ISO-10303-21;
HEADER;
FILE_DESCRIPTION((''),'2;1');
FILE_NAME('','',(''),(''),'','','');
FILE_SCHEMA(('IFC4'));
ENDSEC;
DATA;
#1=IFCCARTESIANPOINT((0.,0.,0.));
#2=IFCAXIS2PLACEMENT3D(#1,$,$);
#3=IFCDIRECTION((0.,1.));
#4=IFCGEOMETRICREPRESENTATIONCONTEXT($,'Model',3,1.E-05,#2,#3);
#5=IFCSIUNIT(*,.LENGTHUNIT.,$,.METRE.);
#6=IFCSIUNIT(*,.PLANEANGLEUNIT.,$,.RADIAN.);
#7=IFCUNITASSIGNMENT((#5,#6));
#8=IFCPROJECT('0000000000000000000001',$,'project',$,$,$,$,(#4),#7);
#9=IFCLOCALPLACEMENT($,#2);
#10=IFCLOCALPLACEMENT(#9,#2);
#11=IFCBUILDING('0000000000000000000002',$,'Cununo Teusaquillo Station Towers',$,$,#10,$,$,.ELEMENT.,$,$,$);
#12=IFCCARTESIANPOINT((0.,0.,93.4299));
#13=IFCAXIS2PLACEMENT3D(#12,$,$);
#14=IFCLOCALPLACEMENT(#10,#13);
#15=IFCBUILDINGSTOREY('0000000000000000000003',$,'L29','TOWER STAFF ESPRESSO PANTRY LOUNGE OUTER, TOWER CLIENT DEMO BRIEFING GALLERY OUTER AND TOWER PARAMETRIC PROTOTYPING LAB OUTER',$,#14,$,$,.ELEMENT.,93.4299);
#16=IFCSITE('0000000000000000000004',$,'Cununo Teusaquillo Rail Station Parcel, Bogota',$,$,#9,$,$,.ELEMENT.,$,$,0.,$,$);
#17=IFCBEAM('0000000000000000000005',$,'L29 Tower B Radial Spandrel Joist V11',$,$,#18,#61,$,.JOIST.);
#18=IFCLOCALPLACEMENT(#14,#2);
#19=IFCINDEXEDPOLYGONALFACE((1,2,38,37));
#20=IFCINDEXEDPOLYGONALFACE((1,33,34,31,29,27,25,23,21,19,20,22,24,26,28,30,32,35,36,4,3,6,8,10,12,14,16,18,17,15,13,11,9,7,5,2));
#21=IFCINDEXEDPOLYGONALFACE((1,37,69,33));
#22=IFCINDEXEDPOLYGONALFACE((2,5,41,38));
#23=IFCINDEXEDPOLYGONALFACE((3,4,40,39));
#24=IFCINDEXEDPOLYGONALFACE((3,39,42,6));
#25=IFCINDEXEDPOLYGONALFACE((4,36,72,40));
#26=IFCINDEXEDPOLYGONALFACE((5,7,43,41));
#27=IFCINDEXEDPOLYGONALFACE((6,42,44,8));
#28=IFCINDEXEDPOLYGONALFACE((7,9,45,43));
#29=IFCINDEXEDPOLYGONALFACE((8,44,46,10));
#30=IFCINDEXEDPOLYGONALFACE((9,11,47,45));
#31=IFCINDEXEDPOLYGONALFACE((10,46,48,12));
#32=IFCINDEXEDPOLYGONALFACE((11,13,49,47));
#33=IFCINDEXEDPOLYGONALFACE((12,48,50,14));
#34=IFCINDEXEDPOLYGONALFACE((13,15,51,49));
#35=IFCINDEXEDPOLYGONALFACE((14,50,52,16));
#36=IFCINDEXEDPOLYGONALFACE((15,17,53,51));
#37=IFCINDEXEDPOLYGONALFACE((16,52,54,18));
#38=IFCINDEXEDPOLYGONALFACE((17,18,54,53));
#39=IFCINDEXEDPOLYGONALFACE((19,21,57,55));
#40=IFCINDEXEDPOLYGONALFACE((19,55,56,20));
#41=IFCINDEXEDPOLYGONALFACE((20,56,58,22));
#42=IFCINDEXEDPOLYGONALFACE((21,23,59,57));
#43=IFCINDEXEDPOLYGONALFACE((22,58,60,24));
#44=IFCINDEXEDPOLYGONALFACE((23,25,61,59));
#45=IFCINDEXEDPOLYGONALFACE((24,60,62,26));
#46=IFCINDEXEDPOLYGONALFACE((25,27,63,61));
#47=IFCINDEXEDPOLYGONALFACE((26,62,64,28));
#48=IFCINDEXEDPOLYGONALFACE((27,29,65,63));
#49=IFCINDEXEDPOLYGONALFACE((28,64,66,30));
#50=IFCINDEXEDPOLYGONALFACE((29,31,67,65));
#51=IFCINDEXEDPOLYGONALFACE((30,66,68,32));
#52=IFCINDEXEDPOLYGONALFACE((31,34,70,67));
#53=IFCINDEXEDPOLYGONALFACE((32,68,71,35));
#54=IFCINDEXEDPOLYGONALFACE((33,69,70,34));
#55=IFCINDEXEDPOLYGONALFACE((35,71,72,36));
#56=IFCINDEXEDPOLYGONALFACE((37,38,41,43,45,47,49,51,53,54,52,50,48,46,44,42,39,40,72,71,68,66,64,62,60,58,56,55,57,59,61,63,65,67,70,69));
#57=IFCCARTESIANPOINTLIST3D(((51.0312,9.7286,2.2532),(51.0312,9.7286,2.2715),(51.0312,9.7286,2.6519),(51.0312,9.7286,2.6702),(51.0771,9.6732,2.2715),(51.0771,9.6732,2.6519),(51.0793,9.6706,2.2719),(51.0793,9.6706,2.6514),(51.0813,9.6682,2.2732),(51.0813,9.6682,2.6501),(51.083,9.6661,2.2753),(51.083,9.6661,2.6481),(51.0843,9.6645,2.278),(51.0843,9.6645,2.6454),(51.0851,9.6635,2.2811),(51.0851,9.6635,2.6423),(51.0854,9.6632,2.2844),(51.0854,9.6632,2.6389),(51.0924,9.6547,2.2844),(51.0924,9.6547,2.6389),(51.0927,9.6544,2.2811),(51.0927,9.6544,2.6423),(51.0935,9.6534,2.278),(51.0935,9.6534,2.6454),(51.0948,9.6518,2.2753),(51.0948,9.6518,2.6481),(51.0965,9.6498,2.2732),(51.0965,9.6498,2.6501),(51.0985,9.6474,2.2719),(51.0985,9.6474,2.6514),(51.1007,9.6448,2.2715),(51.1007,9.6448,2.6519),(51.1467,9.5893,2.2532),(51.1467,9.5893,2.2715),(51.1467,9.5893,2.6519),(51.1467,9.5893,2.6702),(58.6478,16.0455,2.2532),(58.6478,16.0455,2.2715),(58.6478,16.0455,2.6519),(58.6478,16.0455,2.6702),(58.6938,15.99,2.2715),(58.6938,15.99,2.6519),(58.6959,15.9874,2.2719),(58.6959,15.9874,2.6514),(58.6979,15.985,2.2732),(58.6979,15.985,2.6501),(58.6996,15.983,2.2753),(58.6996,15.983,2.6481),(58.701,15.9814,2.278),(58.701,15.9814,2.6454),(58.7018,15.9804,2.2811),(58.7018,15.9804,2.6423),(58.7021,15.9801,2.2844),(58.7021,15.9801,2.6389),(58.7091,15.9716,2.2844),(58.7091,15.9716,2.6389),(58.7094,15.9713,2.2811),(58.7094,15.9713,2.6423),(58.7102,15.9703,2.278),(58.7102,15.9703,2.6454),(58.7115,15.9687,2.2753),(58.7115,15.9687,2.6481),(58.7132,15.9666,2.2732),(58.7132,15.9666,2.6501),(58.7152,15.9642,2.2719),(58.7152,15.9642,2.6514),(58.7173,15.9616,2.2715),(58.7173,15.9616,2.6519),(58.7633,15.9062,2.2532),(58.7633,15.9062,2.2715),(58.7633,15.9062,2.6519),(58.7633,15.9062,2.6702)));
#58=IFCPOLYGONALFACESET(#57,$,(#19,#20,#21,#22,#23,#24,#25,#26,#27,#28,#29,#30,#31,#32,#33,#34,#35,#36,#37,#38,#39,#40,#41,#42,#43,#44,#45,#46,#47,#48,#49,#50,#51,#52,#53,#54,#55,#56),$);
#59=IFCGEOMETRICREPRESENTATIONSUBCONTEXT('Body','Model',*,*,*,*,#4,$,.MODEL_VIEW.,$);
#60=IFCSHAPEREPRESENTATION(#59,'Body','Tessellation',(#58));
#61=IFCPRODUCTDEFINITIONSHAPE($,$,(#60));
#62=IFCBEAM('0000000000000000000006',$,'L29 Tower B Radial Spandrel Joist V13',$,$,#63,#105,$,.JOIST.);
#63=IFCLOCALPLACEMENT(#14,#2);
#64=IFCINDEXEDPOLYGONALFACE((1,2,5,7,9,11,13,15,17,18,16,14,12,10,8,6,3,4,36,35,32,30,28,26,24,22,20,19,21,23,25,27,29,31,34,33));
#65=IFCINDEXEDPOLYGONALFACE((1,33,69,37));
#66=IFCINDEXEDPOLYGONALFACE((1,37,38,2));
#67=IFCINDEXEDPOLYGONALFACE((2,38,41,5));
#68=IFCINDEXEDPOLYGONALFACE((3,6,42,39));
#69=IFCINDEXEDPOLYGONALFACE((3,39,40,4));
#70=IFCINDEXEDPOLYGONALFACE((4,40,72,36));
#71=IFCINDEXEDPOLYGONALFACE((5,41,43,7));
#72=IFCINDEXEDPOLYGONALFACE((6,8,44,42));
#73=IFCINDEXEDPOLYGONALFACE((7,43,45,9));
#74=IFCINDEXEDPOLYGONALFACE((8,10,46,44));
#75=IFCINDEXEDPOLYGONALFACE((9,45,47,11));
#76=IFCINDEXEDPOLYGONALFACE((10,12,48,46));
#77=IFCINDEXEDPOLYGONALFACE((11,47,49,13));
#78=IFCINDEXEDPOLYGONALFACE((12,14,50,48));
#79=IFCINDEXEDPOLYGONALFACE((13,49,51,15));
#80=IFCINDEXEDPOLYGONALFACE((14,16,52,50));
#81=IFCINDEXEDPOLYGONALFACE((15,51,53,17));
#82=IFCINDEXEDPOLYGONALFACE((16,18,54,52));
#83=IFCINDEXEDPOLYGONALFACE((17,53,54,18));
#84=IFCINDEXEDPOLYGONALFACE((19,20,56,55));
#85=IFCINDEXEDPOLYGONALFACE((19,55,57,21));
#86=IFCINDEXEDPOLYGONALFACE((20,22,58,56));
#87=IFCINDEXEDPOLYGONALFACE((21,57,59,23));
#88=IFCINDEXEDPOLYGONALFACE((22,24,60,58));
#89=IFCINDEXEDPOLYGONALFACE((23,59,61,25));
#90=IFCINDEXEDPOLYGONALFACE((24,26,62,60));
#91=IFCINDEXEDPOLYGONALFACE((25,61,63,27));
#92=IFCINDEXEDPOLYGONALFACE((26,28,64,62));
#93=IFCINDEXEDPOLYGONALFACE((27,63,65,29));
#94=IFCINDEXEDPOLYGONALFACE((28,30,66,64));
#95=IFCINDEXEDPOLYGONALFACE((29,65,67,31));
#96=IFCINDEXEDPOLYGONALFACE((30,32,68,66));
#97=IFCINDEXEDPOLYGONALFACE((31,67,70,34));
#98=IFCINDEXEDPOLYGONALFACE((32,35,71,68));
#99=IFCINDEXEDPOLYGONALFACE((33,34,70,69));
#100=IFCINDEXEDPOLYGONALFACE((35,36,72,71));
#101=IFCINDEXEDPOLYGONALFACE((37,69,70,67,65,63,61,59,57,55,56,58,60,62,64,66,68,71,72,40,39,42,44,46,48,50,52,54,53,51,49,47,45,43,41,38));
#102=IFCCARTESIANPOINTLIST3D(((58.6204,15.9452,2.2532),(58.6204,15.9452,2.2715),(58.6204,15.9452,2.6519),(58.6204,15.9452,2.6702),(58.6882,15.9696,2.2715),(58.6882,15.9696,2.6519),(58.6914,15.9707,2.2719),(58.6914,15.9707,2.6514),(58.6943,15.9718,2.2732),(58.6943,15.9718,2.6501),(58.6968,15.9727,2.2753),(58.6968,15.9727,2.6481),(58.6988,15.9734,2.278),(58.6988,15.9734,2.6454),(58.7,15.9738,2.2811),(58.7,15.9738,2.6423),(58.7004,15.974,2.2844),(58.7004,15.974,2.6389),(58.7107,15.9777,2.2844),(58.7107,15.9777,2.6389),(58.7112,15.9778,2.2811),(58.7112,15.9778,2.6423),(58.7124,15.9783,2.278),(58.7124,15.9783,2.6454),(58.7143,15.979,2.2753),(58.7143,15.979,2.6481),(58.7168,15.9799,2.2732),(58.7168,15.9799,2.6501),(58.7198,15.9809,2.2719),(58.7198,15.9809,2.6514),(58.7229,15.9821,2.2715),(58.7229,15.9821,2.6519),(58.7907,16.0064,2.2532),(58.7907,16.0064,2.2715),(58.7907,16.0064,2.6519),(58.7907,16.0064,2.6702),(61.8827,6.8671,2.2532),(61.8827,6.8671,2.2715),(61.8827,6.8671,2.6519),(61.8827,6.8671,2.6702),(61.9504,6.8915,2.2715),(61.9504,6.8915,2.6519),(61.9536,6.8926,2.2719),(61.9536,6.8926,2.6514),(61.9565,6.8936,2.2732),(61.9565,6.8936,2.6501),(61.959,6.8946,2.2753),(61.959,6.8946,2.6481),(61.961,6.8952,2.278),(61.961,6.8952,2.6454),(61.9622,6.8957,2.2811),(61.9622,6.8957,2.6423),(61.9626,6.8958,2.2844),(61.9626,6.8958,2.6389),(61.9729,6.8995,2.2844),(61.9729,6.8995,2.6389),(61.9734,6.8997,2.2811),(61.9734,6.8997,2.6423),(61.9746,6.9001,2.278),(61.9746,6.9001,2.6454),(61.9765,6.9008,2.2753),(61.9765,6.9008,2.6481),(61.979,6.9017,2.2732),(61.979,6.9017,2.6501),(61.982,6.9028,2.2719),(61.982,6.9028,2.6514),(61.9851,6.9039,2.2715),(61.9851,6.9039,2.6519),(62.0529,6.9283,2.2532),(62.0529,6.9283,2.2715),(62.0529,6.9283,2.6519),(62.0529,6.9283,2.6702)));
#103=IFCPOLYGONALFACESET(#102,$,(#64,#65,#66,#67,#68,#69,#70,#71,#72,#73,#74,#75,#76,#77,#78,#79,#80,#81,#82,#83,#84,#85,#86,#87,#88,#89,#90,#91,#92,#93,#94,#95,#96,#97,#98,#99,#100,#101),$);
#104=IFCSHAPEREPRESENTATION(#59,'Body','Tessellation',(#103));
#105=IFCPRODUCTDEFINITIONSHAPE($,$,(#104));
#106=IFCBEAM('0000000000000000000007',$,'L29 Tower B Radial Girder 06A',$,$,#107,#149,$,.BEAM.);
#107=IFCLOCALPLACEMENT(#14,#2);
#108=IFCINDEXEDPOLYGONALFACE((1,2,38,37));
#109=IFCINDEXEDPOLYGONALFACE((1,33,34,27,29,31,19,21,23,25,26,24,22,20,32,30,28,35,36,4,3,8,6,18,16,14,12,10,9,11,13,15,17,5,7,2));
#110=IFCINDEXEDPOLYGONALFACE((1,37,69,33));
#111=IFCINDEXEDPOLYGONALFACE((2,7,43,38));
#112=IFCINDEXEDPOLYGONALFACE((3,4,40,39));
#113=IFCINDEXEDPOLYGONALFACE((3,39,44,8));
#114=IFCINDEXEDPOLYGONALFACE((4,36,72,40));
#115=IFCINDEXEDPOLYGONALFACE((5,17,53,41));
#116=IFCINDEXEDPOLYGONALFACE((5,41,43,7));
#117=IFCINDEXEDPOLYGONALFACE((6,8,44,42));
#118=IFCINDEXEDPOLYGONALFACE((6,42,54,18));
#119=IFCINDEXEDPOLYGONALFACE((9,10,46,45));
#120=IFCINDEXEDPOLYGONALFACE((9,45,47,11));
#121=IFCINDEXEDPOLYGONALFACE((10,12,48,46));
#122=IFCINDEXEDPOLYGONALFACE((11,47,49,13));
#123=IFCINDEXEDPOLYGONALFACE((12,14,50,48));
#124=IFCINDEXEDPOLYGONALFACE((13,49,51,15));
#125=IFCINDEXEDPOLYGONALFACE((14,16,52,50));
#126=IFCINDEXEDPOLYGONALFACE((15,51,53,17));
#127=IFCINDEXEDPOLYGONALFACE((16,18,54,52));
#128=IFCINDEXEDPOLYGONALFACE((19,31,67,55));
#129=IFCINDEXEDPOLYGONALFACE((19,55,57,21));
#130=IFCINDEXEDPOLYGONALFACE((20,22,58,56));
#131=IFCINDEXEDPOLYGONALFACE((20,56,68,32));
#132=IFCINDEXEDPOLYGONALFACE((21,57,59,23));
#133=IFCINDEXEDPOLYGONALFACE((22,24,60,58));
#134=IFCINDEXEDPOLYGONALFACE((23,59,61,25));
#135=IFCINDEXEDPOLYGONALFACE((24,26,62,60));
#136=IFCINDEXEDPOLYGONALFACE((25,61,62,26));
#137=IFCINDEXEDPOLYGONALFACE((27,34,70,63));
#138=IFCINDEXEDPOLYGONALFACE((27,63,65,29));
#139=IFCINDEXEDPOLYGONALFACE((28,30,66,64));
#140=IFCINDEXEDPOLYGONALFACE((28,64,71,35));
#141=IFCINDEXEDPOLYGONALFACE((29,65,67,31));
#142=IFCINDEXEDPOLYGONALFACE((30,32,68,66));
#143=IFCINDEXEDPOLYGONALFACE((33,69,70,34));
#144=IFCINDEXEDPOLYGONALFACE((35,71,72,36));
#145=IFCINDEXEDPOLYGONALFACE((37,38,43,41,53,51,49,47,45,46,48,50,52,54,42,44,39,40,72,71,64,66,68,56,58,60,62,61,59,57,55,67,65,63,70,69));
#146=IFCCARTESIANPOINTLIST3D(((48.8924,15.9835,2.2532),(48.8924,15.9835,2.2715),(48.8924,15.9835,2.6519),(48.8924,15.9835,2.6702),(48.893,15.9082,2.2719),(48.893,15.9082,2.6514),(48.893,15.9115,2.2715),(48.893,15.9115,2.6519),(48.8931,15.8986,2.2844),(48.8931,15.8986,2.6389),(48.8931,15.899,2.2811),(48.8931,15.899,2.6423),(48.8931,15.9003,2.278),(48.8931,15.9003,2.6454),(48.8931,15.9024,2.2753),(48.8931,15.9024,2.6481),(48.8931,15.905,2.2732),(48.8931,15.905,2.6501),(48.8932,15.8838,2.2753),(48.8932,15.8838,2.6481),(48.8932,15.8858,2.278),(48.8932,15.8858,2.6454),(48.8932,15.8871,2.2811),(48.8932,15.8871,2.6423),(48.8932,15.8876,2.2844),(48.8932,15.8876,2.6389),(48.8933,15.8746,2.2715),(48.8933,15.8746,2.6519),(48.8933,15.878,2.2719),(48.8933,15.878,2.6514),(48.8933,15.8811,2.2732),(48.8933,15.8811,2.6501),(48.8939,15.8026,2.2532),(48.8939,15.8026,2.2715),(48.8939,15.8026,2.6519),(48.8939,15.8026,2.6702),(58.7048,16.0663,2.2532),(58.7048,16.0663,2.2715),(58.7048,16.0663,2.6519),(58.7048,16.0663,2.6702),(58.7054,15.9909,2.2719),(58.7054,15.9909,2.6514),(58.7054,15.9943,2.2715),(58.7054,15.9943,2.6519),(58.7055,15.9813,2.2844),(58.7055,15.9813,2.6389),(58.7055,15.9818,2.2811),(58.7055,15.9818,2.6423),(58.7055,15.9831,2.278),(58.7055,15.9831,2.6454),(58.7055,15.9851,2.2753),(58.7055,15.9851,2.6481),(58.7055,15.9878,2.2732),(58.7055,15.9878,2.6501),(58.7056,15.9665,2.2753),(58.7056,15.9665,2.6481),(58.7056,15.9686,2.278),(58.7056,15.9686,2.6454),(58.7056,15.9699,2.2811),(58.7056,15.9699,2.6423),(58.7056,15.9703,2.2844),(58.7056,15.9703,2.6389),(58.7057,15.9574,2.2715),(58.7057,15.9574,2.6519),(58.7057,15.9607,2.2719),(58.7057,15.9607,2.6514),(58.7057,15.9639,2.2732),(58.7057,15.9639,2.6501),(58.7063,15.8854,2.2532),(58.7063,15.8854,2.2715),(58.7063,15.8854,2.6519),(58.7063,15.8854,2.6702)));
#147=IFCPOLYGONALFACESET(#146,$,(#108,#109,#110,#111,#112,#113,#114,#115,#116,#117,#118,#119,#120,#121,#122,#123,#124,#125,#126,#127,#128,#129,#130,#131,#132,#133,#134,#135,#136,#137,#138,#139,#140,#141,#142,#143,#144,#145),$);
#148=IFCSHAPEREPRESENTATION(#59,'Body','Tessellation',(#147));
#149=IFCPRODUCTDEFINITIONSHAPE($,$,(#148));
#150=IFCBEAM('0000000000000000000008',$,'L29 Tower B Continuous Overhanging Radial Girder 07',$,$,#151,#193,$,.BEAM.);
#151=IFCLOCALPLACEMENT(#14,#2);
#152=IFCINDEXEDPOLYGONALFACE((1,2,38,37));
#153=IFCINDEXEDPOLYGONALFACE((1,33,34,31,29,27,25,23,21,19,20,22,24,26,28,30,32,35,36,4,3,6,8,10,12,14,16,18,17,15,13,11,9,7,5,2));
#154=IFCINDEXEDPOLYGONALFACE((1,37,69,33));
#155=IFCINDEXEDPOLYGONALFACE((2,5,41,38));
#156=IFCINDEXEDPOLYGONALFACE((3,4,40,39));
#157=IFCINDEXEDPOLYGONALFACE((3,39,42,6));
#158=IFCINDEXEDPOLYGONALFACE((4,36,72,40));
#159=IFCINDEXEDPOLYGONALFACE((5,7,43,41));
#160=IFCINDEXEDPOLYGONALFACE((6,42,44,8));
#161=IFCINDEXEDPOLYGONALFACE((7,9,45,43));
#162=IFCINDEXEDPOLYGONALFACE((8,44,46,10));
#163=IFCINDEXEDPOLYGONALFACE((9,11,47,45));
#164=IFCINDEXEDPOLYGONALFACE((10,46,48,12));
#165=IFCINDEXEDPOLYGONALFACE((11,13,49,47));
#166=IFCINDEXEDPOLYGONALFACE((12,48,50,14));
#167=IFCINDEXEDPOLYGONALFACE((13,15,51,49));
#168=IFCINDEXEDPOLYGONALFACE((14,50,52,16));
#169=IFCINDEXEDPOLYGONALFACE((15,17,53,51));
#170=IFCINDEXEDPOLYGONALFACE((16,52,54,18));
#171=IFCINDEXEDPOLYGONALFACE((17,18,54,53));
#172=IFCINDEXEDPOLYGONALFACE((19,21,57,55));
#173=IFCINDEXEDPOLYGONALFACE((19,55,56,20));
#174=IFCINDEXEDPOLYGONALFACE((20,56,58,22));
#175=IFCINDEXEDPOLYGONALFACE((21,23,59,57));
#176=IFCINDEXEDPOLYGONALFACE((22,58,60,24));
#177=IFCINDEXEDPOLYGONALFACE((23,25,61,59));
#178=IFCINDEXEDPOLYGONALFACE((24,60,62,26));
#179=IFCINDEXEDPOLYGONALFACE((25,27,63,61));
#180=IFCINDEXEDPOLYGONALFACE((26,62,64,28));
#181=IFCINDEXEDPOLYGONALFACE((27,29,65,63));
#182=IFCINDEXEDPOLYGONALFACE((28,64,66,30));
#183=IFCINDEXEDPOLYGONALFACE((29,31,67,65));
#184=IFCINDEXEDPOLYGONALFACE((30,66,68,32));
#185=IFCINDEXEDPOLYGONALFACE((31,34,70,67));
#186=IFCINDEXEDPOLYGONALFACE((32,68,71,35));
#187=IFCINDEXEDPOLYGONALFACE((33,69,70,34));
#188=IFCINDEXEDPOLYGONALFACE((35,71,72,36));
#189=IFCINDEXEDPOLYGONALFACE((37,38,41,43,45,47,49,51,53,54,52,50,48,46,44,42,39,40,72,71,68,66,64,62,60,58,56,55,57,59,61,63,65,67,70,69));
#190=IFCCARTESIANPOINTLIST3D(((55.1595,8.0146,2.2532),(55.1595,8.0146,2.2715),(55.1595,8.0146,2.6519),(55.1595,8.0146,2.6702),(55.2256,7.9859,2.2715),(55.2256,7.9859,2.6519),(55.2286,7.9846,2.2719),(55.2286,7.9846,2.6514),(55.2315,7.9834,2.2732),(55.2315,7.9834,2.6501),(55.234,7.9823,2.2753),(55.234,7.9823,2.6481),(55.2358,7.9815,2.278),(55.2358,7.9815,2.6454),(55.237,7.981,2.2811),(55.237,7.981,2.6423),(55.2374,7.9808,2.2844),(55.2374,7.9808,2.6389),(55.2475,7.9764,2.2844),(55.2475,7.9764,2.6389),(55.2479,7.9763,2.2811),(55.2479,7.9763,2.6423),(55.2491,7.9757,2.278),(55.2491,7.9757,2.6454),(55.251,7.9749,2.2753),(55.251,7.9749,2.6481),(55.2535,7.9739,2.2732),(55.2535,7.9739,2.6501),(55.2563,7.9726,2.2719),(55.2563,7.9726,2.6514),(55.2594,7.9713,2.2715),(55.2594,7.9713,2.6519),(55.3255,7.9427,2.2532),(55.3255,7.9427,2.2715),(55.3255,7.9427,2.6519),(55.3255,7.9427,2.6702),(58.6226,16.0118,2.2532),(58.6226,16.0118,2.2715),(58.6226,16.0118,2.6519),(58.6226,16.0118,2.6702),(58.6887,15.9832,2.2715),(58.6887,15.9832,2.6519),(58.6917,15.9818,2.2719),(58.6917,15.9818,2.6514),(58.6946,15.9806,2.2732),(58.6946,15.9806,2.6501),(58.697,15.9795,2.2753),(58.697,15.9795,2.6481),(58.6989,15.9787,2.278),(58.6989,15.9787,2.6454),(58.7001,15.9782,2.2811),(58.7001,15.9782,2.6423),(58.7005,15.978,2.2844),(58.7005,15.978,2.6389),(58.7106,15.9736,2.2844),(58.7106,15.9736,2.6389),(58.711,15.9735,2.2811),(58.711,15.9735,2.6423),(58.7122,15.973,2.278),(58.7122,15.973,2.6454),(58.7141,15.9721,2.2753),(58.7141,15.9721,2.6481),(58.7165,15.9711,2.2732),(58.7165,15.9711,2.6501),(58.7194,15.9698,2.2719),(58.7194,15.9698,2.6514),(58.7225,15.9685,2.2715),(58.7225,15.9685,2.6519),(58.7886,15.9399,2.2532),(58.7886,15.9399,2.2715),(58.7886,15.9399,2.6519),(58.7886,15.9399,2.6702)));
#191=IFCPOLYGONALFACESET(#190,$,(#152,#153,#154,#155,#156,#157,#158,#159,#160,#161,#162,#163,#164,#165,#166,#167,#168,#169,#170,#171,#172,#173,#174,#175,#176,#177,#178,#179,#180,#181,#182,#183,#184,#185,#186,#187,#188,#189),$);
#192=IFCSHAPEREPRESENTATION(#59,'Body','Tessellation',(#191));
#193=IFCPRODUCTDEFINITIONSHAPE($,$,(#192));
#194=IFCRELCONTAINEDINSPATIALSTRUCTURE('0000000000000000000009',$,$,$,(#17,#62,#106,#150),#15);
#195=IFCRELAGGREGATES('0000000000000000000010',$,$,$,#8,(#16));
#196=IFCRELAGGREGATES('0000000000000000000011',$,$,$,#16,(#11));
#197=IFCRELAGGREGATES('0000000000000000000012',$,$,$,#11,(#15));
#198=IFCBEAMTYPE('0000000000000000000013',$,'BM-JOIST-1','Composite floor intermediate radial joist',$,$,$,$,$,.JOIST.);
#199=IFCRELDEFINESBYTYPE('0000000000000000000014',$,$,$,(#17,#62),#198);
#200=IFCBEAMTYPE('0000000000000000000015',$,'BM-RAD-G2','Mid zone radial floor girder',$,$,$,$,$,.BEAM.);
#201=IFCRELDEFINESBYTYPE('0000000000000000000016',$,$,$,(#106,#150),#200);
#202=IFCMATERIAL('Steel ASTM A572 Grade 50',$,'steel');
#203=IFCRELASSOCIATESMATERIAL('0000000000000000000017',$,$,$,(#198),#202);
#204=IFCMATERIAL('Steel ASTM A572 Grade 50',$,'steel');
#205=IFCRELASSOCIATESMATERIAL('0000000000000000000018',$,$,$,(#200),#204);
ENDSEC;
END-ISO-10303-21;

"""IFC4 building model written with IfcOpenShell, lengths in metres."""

from ifc_helpers import new_model, si_unit, direction, frame, origin, origin_2d, place, context, subcontext, project, spatial, i_section, extrude, material, material_profile, profile_set, type_object, element, save


model = new_model("IFC4")

# Units and contexts
model_context = context("Model", 3, precision=1e-05, world=origin(), true_north=direction((0.0, 1.0)))
body_context = subcontext(model_context, "Body", "Model", "MODEL_VIEW")
ifc_project = project(units=[si_unit("LENGTHUNIT", "METRE"), si_unit("PLANEANGLEUNIT", "RADIAN")], contexts=[model_context])

# Site, building, storey
site_placement = place(None, origin())
site = spatial("IfcSite", under=ifc_project, at=site_placement, Name="Cununo Teusaquillo Rail Station Parcel, Bogota", CompositionType="ELEMENT", RefElevation=0.0)
building_placement = place(site_placement, origin())
building = spatial("IfcBuilding", under=site, at=building_placement, Name="Cununo Teusaquillo Station Towers", CompositionType="ELEMENT")
storey_placement = place(building_placement, frame((0.0, 0.0, 93.4299)))
storey = spatial("IfcBuildingStorey", under=building, at=storey_placement, Name="L29", Description="TOWER STAFF ESPRESSO PANTRY LOUNGE OUTER, TOWER CLIENT DEMO BRIEFING GALLERY OUTER AND TOWER PARAMETRIC PROTOTYPING LAB OUTER", CompositionType="ELEMENT", Elevation=93.4299)

# Beams
ifc_material_1 = material(Name="Steel ASTM A572 Grade 50", Category="steel")
ifc_material_profile_1 = material_profile(ifc_material_1, i_section(OverallWidth=0.1809, OverallDepth=0.417, WebThickness=0.011, FlangeThickness=0.0183, FilletRadius=0.0129, at=origin_2d()), Name="W16X57")
ifc_profile_set_1 = profile_set([ifc_material_profile_1], Name="Steel ASTM A572 Grade 50")
beam_type_1 = type_object("IfcBeamType", Name="BM-JOIST-1", Description="Composite floor intermediate radial joist", PredefinedType="JOIST", material=ifc_profile_set_1)
beam_1_placement = place(storey_placement, frame((58.7056, 15.9758, 2.4617), z_axis=(-0.769728, -0.638372, 0.0), x_axis=(0.638372, -0.769728, 0.0)))
element("IfcBeam", 1, at=beam_1_placement, inside=storey, type_object=beam_type_1, Name="L29 Tower B Radial Spandrel Joist V11", PredefinedType="JOIST", context=body_context, shape_type="SweptSolid", body=[
    extrude(i_section(OverallWidth=0.1809, OverallDepth=0.417, WebThickness=0.011, FlangeThickness=0.0183, FilletRadius=0.0129, at=origin_2d()), origin(), (0.0, 0.0, 1.0), 9.8953),
])
beam_2_placement = place(storey_placement, frame((58.7056, 15.9758, 2.4617), z_axis=(0.338176, -0.941083, 0.0), x_axis=(0.941083, 0.338176, 0.0)))
element("IfcBeam", 2, at=beam_2_placement, inside=storey, type_object=beam_type_1, Name="L29 Tower B Radial Spandrel Joist V13", PredefinedType="JOIST", context=body_context, shape_type="SweptSolid", body=[
    extrude(i_section(OverallWidth=0.1809, OverallDepth=0.417, WebThickness=0.011, FlangeThickness=0.0183, FilletRadius=0.0129, at=origin_2d()), origin(), (0.0, 0.0, 1.0), 9.6465),
])
ifc_material_2 = material(Name="Steel ASTM A572 Grade 50", Category="steel")
ifc_material_profile_2 = material_profile(ifc_material_2, i_section(OverallWidth=0.1809, OverallDepth=0.417, WebThickness=0.011, FlangeThickness=0.0183, FilletRadius=0.0129, at=origin_2d()), Name="W16X57")
ifc_profile_set_2 = profile_set([ifc_material_profile_2], Name="Steel ASTM A572 Grade 50")
beam_type_2 = type_object("IfcBeamType", Name="BM-RAD-G2", Description="Mid zone radial floor girder", PredefinedType="BEAM", material=ifc_profile_set_2)
beam_3_placement = place(storey_placement, frame((58.7056, 15.9758, 2.4617), z_axis=(-0.999964, -0.008434, 0.0), x_axis=(0.008434, -0.999964, 0.0)))
element("IfcBeam", 3, at=beam_3_placement, inside=storey, type_object=beam_type_2, Name="L29 Tower B Radial Girder 06A", PredefinedType="BEAM", context=body_context, shape_type="SweptSolid", body=[
    extrude(i_section(OverallWidth=0.1809, OverallDepth=0.417, WebThickness=0.011, FlangeThickness=0.0183, FilletRadius=0.0129, at=origin_2d()), origin(), (0.0, 0.0, 1.0), 9.8127),
])
beam_4_placement = place(storey_placement, frame((58.7056, 15.9758, 2.4617), z_axis=(-0.397379, -0.917655, 0.0), x_axis=(0.917655, -0.397379, 0.0)))
element("IfcBeam", 4, at=beam_4_placement, inside=storey, type_object=beam_type_2, Name="L29 Tower B Continuous Overhanging Radial Girder 07", PredefinedType="BEAM", context=body_context, shape_type="SweptSolid", body=[
    extrude(i_section(OverallWidth=0.1809, OverallDepth=0.417, WebThickness=0.011, FlangeThickness=0.0183, FilletRadius=0.0129, at=origin_2d()), origin(), (0.0, 0.0, 1.0), 8.7148),
])

save(model, "model.ifc")
